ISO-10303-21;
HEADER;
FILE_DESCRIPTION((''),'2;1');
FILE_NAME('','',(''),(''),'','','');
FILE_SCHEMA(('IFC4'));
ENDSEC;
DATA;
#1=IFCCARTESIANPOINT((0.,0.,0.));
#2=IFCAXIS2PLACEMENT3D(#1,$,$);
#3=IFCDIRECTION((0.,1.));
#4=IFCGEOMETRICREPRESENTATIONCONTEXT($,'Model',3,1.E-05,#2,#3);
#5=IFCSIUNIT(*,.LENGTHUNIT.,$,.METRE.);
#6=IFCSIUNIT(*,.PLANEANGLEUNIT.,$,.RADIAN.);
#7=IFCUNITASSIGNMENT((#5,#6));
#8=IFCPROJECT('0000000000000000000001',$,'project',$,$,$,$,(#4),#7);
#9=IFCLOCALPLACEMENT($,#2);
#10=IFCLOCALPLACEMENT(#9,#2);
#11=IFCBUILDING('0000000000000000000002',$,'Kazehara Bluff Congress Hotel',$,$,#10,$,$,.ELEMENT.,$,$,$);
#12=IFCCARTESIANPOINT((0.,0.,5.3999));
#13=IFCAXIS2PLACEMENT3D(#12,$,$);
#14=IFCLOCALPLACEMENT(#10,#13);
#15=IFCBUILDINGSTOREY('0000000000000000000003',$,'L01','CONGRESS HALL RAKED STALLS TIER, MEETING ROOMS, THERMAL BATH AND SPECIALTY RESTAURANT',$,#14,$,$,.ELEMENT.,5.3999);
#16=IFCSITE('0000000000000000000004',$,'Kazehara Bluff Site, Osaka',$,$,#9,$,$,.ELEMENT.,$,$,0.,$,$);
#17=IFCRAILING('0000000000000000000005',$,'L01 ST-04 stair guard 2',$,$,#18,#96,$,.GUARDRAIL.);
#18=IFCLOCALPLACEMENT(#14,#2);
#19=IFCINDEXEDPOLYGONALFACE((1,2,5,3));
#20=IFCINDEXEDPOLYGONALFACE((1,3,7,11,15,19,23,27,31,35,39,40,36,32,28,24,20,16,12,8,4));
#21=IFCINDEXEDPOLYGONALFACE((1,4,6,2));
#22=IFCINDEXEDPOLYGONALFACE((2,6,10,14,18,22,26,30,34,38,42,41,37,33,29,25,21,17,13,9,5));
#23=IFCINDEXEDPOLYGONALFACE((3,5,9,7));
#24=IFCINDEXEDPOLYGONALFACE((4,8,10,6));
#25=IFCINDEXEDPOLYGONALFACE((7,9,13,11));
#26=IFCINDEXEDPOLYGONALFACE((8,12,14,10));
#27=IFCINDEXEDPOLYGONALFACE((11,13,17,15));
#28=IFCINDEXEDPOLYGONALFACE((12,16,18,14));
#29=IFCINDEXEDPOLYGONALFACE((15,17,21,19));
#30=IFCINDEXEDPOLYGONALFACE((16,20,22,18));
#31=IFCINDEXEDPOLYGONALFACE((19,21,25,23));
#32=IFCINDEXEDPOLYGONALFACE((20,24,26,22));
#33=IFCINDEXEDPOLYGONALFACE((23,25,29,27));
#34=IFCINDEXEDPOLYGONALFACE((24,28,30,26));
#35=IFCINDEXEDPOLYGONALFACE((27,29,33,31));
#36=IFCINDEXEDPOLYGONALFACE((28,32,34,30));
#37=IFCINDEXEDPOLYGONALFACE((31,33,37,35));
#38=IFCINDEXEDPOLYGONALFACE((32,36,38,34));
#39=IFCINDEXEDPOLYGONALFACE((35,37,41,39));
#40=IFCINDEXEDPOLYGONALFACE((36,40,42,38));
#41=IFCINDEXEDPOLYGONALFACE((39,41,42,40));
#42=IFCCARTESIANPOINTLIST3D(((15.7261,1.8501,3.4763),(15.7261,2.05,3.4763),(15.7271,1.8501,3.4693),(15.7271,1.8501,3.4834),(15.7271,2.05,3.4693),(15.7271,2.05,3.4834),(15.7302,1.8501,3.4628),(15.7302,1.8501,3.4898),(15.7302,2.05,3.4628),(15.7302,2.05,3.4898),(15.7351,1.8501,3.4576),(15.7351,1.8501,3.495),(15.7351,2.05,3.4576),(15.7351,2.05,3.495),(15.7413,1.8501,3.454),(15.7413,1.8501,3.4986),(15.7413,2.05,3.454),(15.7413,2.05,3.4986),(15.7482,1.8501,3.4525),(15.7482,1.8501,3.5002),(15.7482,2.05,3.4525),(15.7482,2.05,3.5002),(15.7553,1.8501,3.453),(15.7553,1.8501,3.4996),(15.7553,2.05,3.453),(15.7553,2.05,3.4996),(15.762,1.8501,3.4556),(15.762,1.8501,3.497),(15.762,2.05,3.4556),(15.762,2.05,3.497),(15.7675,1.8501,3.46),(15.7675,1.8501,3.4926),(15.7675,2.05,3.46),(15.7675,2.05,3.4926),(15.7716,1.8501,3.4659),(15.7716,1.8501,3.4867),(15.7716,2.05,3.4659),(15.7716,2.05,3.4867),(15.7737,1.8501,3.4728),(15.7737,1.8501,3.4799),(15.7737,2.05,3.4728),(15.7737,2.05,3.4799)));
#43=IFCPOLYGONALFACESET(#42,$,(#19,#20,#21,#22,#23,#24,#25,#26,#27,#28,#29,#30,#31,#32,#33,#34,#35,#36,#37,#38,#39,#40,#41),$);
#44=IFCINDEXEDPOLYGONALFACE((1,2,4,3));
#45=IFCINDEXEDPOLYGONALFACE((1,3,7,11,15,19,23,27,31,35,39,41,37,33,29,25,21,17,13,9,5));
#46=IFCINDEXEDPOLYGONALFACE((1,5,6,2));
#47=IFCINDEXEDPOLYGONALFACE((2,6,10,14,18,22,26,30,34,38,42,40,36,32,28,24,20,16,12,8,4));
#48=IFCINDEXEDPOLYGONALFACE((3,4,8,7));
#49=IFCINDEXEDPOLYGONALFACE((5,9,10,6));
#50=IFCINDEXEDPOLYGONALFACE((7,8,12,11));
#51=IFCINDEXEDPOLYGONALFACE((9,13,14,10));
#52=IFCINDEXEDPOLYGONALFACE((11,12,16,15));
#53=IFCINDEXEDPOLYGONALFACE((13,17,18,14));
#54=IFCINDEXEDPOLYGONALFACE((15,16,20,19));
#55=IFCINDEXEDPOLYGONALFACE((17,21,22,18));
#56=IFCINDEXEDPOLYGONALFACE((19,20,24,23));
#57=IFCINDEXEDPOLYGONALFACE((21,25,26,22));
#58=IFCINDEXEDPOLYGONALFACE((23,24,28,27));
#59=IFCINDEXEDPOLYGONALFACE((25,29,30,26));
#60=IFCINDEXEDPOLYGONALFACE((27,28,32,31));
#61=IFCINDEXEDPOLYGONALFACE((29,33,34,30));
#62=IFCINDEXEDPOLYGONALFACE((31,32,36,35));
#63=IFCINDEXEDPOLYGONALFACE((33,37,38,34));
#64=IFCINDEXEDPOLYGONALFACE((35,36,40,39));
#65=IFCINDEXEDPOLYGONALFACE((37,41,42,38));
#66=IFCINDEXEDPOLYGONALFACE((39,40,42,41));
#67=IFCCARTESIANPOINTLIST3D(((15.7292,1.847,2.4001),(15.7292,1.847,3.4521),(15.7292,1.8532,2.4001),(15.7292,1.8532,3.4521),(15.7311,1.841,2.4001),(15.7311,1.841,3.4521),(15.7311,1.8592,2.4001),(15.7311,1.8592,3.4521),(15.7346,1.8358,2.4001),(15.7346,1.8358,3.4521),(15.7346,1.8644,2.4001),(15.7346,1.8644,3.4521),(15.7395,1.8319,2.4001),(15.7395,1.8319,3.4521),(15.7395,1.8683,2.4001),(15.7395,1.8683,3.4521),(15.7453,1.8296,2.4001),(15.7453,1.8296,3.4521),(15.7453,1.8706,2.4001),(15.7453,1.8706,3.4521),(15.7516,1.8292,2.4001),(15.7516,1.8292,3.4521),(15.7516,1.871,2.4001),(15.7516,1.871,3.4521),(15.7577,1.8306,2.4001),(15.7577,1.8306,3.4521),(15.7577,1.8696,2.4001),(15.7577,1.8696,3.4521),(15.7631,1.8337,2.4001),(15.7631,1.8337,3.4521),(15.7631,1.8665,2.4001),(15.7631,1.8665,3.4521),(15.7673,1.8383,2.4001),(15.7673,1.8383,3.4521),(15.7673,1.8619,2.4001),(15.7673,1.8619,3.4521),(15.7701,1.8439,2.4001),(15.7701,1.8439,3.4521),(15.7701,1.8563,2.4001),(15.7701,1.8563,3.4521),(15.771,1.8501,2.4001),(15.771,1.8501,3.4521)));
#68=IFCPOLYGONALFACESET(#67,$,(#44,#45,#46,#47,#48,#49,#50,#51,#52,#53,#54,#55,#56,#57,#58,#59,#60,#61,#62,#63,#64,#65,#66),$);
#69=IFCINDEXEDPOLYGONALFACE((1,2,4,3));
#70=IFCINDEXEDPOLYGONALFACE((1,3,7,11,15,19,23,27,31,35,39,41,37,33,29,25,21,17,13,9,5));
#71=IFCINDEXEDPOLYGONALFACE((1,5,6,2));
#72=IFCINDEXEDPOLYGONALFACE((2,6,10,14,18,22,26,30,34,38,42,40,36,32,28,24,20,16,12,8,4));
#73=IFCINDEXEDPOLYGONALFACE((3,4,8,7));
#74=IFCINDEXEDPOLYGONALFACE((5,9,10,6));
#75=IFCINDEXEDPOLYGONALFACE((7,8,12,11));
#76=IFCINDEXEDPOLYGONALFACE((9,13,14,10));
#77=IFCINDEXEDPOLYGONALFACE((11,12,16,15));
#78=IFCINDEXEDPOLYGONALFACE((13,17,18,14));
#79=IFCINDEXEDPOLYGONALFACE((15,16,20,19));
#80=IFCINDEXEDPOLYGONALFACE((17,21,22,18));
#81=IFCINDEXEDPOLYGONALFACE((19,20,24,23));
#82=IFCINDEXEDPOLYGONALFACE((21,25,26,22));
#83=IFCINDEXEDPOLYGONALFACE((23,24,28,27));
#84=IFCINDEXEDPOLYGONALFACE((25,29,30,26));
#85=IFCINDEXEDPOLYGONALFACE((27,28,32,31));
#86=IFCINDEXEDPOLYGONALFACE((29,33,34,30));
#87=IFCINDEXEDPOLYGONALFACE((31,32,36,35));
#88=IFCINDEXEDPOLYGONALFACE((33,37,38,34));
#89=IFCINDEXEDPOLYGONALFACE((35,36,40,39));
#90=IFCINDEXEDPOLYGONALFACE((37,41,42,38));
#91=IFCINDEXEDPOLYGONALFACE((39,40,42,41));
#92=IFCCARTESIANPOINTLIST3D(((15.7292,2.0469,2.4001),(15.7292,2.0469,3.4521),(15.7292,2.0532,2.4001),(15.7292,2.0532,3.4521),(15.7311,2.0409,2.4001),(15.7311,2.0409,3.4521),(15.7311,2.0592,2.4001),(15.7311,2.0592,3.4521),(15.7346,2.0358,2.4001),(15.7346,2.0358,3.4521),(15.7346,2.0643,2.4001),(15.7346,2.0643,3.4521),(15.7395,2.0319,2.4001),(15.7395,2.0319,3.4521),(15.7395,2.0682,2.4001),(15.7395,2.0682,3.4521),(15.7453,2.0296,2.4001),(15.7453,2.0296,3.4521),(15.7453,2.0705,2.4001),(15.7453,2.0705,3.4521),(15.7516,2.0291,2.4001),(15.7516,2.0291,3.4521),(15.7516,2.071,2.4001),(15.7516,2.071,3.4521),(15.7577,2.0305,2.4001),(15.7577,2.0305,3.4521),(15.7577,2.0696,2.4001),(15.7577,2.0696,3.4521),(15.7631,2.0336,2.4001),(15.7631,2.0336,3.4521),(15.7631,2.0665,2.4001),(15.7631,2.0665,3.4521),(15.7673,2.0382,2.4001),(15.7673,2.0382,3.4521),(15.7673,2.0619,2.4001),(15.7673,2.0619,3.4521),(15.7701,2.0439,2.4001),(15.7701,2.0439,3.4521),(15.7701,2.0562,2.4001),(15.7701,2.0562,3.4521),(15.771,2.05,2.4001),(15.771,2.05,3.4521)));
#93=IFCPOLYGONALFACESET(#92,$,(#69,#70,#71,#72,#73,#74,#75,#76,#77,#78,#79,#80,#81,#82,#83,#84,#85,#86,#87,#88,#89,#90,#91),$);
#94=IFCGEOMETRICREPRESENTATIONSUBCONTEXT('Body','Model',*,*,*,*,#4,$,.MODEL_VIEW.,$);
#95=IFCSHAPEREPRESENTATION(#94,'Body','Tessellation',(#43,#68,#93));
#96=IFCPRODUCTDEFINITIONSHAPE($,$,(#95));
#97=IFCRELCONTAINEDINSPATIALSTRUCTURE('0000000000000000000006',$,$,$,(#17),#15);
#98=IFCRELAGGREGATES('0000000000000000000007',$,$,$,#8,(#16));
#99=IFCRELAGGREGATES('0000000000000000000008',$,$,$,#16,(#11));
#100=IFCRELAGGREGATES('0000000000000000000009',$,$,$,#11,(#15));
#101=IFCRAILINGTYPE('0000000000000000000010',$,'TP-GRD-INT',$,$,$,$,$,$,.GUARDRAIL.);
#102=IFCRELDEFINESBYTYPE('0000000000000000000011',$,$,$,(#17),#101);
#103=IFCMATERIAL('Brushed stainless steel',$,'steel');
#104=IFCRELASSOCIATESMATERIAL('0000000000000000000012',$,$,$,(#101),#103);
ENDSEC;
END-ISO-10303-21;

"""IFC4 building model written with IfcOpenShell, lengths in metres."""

from ifc_helpers import new_model, si_unit, direction, frame, origin, origin_2d, place, context, subcontext, project, spatial, circle, extrude, material, type_object, element, save


model = new_model("IFC4")

# Units and contexts
model_context = context("Model", 3, precision=1e-05, world=origin(), true_north=direction((0.0, 1.0)))
body_context = subcontext(model_context, "Body", "Model", "MODEL_VIEW")
ifc_project = project(units=[si_unit("LENGTHUNIT", "METRE"), si_unit("PLANEANGLEUNIT", "RADIAN")], contexts=[model_context])

# Site, building, storey
site_placement = place(None, origin())
site = spatial("IfcSite", under=ifc_project, at=site_placement, Name="Kazehara Bluff Site, Osaka", CompositionType="ELEMENT", RefElevation=0.0)
building_placement = place(site_placement, origin())
building = spatial("IfcBuilding", under=site, at=building_placement, Name="Kazehara Bluff Congress Hotel", CompositionType="ELEMENT")
storey_placement = place(building_placement, frame((0.0, 0.0, 5.3999)))
storey = spatial("IfcBuildingStorey", under=building, at=storey_placement, Name="L01", Description="CONGRESS HALL RAKED STALLS TIER, MEETING ROOMS, THERMAL BATH AND SPECIALTY RESTAURANT", CompositionType="ELEMENT", Elevation=5.3999)

# Railing
ifc_material_1 = material(Name="Brushed stainless steel", Category="steel")
railing_type_1 = type_object("IfcRailingType", Name="TP-GRD-INT", PredefinedType="GUARDRAIL", material=ifc_material_1)
railing_1_placement = place(storey_placement, frame((15.75, 1.8501, 2.4001)))
element("IfcRailing", 1, at=railing_1_placement, inside=storey, type_object=railing_type_1, Name="L01 ST-04 stair guard 2", PredefinedType="GUARDRAIL", context=body_context, shape_type="SweptSolid", body=[
    extrude(circle(Radius=0.0239, at=origin_2d()), frame((0.0, 0.0, 1.0762), z_axis=(0.0, 1.0, 0.0), x_axis=(-1.0, 0.0, 0.0)), (0.0, 0.0, 1.0), 0.2),
    extrude(circle(Radius=0.021, at=origin_2d()), origin(), (0.0, 0.0, 1.0), 1.052),
    extrude(circle(Radius=0.021, at=origin_2d()), frame((0.0, 0.2, 0.0)), (0.0, 0.0, 1.0), 1.052),
])

save(model, "model.ifc")
